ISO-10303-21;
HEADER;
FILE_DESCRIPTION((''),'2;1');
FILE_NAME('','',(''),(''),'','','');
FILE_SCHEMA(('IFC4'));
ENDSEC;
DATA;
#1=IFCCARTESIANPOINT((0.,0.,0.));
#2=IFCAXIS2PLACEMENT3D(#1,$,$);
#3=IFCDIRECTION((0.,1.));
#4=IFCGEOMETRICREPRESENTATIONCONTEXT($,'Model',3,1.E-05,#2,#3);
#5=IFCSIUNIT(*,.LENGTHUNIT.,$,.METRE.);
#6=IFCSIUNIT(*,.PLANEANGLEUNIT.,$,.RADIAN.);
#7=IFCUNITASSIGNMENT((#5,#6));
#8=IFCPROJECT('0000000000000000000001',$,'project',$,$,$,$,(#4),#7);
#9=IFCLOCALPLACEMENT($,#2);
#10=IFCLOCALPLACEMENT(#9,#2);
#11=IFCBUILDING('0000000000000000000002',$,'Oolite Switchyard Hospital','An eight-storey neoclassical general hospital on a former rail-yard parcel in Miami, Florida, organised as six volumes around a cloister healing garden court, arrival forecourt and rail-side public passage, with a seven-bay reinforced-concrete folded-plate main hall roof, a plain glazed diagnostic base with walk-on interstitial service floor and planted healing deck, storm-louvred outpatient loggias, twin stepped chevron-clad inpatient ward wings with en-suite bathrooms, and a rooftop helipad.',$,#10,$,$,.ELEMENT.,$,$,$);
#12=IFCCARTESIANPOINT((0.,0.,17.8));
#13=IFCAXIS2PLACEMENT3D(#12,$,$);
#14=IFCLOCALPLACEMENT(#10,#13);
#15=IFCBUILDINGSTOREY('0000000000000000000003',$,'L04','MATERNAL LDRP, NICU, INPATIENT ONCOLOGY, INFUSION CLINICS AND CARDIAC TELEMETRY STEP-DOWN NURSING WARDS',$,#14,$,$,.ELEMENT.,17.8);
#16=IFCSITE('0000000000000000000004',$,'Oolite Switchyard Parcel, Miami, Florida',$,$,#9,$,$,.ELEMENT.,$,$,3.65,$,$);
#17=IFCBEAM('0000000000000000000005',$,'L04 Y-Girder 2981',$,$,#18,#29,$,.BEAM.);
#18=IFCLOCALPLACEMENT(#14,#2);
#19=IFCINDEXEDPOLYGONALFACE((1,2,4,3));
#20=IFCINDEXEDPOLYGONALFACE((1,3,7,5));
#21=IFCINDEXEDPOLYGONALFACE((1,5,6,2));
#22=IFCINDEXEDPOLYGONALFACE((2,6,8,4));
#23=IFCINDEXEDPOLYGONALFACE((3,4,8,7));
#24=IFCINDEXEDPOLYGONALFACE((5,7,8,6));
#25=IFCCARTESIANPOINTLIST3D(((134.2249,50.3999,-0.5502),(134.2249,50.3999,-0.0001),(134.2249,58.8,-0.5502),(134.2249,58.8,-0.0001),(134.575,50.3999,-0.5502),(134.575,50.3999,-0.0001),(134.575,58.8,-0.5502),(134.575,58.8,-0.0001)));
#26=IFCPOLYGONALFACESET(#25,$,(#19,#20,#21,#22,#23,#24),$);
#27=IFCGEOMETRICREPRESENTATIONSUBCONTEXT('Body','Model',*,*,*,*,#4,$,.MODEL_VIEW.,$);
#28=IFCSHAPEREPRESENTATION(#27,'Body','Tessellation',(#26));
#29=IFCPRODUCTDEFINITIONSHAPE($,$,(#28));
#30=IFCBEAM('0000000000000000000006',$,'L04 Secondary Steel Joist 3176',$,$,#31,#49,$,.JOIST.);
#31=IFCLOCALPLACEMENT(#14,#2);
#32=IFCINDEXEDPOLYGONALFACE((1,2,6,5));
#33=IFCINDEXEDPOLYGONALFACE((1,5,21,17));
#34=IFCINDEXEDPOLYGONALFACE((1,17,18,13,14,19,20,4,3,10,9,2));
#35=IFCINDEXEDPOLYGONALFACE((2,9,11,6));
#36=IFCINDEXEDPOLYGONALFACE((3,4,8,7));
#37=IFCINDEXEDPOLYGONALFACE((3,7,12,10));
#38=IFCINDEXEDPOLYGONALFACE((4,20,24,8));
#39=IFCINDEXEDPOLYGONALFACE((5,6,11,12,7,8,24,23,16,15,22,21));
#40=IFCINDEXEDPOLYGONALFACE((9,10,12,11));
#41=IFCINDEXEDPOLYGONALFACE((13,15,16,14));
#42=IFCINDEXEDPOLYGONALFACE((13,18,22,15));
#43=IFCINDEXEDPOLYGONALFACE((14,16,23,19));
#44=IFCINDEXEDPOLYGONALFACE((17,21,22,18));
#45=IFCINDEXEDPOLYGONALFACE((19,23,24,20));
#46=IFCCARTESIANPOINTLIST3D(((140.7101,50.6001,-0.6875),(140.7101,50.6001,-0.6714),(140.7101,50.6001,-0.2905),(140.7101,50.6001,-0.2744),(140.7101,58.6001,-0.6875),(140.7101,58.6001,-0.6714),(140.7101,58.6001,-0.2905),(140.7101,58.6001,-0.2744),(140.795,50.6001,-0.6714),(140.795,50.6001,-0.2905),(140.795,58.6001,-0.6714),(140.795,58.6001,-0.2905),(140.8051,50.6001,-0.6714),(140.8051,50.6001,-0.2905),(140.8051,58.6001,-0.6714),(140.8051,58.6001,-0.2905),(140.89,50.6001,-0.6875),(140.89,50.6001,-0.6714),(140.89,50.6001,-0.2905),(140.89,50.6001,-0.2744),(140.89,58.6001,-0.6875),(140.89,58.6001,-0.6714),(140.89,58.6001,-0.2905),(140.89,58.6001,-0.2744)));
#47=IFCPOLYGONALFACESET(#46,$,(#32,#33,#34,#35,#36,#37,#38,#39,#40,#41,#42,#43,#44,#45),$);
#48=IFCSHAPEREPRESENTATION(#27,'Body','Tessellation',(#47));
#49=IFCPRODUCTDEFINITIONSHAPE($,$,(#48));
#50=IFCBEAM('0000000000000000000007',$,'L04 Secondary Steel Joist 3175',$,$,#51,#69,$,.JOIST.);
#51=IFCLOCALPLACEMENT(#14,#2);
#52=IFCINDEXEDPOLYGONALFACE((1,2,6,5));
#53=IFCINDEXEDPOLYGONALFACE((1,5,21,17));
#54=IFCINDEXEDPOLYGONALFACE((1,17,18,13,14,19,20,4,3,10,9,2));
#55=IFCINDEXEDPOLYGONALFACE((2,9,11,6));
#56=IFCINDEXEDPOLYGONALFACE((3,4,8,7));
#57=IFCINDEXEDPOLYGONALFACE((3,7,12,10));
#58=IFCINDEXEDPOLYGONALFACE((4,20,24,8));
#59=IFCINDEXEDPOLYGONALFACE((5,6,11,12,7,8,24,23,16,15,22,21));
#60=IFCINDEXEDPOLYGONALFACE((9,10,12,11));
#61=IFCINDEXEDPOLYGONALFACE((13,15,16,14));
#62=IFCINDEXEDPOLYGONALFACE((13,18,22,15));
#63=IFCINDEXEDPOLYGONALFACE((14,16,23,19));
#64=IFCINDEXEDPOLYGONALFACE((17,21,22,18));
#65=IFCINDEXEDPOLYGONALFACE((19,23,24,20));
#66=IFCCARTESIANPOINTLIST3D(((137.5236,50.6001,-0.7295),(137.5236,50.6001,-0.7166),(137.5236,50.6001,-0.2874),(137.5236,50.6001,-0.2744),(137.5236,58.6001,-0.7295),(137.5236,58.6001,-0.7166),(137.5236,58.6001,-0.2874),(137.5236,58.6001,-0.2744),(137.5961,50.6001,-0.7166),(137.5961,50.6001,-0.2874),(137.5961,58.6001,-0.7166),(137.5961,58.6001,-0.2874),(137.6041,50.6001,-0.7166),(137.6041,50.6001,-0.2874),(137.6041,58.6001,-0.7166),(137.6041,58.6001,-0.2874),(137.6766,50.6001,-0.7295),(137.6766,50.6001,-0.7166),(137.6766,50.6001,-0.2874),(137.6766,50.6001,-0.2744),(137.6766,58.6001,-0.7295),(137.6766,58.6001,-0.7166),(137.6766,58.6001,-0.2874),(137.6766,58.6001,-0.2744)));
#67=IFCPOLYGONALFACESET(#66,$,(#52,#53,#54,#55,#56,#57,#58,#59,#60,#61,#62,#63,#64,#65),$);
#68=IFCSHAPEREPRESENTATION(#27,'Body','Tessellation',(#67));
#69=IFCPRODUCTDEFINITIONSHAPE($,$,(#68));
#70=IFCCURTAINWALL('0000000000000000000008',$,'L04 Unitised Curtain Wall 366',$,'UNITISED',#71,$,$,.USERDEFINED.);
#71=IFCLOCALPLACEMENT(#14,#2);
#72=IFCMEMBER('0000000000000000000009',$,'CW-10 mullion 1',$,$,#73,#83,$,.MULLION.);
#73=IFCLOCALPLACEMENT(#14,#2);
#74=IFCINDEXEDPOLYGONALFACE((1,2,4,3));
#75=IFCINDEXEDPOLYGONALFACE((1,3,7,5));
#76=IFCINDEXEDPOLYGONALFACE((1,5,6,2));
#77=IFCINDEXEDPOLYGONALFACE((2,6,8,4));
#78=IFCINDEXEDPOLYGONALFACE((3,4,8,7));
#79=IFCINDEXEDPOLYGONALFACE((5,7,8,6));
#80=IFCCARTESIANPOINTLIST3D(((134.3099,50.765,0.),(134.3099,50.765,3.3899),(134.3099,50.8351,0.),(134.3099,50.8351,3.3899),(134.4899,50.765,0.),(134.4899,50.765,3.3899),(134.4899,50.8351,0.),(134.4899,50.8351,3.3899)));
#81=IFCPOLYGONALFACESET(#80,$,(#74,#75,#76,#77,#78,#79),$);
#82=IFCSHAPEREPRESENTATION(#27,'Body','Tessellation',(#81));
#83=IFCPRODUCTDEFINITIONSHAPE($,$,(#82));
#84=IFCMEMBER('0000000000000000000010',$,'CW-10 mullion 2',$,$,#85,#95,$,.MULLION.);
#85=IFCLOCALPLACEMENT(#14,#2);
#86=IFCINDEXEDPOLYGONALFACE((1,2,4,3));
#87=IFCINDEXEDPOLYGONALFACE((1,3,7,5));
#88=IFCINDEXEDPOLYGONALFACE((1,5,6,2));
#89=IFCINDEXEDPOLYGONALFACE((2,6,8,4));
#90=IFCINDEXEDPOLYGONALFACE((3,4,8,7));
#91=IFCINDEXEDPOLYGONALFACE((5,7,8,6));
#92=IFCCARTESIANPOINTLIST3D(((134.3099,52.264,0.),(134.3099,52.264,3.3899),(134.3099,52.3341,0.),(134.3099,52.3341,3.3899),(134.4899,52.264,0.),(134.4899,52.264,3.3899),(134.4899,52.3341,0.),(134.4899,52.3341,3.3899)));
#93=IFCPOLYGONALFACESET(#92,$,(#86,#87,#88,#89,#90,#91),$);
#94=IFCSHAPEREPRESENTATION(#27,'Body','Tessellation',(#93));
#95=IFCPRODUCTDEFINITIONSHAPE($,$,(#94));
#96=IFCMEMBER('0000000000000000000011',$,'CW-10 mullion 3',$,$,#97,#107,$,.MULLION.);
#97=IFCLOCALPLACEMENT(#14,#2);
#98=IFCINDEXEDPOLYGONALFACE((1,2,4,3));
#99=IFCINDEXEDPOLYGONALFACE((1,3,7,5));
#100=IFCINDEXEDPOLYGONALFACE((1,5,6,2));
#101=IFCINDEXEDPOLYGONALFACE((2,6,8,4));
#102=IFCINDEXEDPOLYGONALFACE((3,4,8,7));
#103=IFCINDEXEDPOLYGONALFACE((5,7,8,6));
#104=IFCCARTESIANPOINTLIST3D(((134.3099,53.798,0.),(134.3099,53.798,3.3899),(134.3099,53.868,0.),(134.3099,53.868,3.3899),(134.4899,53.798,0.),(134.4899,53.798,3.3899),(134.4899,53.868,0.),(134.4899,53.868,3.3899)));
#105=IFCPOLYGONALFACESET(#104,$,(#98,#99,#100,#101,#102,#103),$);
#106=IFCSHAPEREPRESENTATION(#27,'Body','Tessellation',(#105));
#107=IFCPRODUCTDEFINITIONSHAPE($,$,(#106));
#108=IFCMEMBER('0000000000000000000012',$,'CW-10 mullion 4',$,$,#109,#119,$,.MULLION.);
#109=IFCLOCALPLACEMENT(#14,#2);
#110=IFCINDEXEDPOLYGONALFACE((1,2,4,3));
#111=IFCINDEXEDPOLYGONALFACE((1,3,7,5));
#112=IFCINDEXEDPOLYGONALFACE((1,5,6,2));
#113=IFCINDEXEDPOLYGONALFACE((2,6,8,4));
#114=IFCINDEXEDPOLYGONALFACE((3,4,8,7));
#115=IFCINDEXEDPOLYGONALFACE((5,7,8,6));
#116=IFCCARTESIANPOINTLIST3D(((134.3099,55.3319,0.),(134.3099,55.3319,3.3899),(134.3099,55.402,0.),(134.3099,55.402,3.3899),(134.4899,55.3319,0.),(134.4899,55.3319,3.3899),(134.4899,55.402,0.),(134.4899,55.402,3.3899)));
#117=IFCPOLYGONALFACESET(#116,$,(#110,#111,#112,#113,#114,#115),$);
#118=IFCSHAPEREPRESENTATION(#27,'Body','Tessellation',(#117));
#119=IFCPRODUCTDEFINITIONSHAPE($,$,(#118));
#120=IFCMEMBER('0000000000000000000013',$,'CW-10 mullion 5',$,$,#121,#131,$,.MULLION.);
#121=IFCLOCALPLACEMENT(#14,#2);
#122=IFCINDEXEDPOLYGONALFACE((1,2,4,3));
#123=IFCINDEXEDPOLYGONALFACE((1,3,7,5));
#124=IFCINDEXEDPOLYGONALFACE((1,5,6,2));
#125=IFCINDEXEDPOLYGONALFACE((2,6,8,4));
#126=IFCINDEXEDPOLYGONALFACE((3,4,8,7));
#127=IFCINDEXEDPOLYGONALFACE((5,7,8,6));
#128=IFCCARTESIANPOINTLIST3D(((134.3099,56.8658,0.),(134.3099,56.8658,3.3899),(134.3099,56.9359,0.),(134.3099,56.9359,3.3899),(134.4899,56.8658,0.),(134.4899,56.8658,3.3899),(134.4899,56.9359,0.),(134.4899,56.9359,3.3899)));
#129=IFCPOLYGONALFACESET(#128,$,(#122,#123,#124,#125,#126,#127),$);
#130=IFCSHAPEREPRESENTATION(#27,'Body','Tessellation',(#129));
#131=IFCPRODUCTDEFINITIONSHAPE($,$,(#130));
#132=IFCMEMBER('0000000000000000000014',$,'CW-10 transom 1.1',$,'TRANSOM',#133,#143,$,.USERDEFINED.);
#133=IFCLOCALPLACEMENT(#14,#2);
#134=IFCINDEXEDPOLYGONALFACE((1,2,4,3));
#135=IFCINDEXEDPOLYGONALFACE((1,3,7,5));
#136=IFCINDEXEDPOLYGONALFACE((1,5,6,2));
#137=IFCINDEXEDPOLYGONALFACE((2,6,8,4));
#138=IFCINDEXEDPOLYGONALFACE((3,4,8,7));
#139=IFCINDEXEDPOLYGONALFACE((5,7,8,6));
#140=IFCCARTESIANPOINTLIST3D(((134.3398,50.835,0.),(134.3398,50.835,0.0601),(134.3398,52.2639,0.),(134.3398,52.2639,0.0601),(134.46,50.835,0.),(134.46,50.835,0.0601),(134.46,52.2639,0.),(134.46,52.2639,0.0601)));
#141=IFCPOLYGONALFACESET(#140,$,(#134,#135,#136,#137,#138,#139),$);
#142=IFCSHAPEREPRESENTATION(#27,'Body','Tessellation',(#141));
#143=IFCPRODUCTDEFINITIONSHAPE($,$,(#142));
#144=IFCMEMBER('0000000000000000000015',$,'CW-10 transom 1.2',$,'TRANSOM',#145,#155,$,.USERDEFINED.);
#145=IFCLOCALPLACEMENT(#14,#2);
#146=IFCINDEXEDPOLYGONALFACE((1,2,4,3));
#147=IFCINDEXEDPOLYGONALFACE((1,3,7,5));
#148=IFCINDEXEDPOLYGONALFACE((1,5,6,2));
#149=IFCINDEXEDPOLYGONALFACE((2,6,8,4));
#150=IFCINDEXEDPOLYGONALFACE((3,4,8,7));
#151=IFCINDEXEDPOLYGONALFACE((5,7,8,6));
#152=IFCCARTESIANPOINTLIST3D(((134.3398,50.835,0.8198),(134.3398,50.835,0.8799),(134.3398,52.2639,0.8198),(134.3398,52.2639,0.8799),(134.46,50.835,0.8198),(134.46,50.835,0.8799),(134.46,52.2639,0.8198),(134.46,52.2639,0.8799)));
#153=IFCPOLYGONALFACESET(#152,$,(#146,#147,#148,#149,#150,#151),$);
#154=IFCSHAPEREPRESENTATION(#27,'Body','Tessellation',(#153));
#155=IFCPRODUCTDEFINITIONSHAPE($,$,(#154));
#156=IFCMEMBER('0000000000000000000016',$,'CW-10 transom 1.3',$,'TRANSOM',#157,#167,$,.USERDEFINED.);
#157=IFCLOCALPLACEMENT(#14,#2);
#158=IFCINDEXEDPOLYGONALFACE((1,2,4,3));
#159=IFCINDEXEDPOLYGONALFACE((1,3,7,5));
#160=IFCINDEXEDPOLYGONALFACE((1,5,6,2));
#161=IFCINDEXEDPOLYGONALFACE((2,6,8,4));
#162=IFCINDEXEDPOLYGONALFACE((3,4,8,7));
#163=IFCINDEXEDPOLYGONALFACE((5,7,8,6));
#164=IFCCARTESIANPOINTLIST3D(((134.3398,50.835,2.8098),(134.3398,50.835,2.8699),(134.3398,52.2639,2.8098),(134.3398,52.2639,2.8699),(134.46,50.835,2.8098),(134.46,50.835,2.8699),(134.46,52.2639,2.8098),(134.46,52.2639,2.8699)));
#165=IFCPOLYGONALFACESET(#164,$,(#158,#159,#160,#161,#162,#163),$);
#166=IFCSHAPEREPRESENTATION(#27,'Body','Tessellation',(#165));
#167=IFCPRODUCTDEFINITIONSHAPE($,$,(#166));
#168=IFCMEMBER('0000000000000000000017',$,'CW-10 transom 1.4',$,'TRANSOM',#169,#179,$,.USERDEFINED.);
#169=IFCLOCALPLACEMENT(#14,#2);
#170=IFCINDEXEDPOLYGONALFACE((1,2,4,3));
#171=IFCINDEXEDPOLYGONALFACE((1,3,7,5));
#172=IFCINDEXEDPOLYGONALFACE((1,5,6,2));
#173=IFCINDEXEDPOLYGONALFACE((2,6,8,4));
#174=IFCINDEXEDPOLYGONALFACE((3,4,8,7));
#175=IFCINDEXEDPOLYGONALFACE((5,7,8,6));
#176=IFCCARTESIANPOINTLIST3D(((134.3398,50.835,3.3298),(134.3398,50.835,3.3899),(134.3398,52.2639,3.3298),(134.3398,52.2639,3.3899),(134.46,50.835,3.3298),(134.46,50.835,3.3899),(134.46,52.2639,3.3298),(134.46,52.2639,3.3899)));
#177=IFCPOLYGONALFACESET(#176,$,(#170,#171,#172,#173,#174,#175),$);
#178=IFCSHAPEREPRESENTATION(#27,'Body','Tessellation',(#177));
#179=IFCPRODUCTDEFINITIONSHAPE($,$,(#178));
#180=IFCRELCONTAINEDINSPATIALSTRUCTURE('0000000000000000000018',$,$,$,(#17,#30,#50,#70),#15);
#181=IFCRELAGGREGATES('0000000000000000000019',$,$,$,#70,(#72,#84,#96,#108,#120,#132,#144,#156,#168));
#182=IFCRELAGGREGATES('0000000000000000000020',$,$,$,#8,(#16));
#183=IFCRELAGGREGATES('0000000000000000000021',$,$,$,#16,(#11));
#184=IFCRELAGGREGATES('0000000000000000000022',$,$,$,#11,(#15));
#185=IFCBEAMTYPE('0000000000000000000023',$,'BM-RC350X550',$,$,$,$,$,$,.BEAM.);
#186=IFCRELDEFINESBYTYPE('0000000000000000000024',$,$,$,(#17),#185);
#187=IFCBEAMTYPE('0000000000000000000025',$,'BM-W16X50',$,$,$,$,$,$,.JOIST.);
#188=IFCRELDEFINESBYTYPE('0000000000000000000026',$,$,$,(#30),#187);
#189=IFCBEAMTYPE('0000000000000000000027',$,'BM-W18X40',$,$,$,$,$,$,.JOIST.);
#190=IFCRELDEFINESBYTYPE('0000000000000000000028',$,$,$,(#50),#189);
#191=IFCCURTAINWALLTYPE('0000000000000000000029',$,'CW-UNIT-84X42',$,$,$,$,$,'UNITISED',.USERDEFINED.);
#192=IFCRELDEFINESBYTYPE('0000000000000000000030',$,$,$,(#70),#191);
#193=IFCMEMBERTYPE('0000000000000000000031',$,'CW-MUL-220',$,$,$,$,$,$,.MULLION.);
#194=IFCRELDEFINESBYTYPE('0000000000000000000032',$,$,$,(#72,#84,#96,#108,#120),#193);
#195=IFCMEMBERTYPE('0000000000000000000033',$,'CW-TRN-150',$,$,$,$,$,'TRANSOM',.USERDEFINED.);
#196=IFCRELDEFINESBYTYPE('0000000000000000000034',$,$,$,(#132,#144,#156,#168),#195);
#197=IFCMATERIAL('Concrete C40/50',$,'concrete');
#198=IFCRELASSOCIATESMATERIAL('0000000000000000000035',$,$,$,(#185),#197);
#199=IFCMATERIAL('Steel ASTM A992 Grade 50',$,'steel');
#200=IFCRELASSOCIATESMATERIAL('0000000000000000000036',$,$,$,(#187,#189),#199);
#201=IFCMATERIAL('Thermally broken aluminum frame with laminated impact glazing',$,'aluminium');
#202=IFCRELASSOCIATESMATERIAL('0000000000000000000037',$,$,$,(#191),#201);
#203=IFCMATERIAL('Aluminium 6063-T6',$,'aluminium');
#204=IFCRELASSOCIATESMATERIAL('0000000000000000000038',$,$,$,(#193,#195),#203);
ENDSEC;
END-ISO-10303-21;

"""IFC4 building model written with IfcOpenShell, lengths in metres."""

from ifc_helpers import new_model, si_unit, direction, frame, origin, origin_2d, place, context, subcontext, project, spatial, rectangle, i_section, extrude, material, material_profile, profile_set, type_object, element, aggregate, save


model = new_model("IFC4")

# Units and contexts
model_context = context("Model", 3, precision=1e-05, world=origin(), true_north=direction((0.0, 1.0)))
body_context = subcontext(model_context, "Body", "Model", "MODEL_VIEW")
ifc_project = project(units=[si_unit("LENGTHUNIT", "METRE"), si_unit("PLANEANGLEUNIT", "RADIAN")], contexts=[model_context])

# Site, building, storey
site_placement = place(None, origin())
site = spatial("IfcSite", under=ifc_project, at=site_placement, Name="Oolite Switchyard Parcel, Miami, Florida", CompositionType="ELEMENT", RefElevation=3.65)
building_placement = place(site_placement, origin())
building = spatial("IfcBuilding", under=site, at=building_placement, Name="Oolite Switchyard Hospital", Description="An eight-storey neoclassical general hospital on a former rail-yard parcel in Miami, Florida, organised as six volumes around a cloister healing garden court, arrival forecourt and rail-side public passage, with a seven-bay reinforced-concrete folded-plate main hall roof, a plain glazed diagnostic base with walk-on interstitial service floor and planted healing deck, storm-louvred outpatient loggias, twin stepped chevron-clad inpatient ward wings with en-suite bathrooms, and a rooftop helipad.", CompositionType="ELEMENT")
storey_placement = place(building_placement, frame((0.0, 0.0, 17.8)))
storey = spatial("IfcBuildingStorey", under=building, at=storey_placement, Name="L04", Description="MATERNAL LDRP, NICU, INPATIENT ONCOLOGY, INFUSION CLINICS AND CARDIAC TELEMETRY STEP-DOWN NURSING WARDS", CompositionType="ELEMENT", Elevation=17.8)

# Beams
ifc_material_1 = material(Name="Concrete C40/50", Category="concrete")
ifc_material_profile_1 = material_profile(ifc_material_1, rectangle(XDim=0.3501, YDim=0.55, at=origin_2d()), Name="RCB350X550")
ifc_profile_set_1 = profile_set([ifc_material_profile_1], Name="Concrete C40/50")
beam_type_1 = type_object("IfcBeamType", Name="BM-RC350X550", PredefinedType="BEAM", material=ifc_profile_set_1)
beam_1_placement = place(storey_placement, frame((134.3999, 50.3999, -0.2751), z_axis=(0.0, 1.0, 0.0), x_axis=(-1.0, 0.0, 0.0)))
element("IfcBeam", 1, at=beam_1_placement, inside=storey, type_object=beam_type_1, Name="L04 Y-Girder 2981", PredefinedType="BEAM", context=body_context, shape_type="SweptSolid", body=[
    extrude(rectangle(XDim=0.3501, YDim=0.55, at=origin_2d()), origin(), (0.0, 0.0, 1.0), 8.4001),
])
ifc_material_2 = material(Name="Steel ASTM A992 Grade 50", Category="steel")
ifc_material_profile_2 = material_profile(ifc_material_2, i_section(OverallWidth=0.1799, OverallDepth=0.4131, WebThickness=0.01, FlangeThickness=0.0161, at=origin_2d()), Name="W16X50")
ifc_profile_set_2 = profile_set([ifc_material_profile_2], Name="Steel ASTM A992 Grade 50")
beam_type_2 = type_object("IfcBeamType", Name="BM-W16X50", PredefinedType="JOIST", material=ifc_profile_set_2)
beam_2_placement = place(storey_placement, frame((140.8, 50.6001, -0.481), z_axis=(0.0, 1.0, 0.0), x_axis=(-1.0, 0.0, 0.0)))
element("IfcBeam", 2, at=beam_2_placement, inside=storey, type_object=beam_type_2, Name="L04 Secondary Steel Joist 3176", PredefinedType="JOIST", context=body_context, shape_type="SweptSolid", body=[
    extrude(i_section(OverallWidth=0.1799, OverallDepth=0.4131, WebThickness=0.01, FlangeThickness=0.0161, at=origin_2d()), origin(), (0.0, 0.0, 1.0), 8.0),
])
ifc_material_profile_3 = material_profile(ifc_material_2, i_section(OverallWidth=0.1531, OverallDepth=0.4551, WebThickness=0.0081, FlangeThickness=0.0129, at=origin_2d()), Name="W18X40")
ifc_profile_set_3 = profile_set([ifc_material_profile_3], Name="Steel ASTM A992 Grade 50")
beam_type_3 = type_object("IfcBeamType", Name="BM-W18X40", PredefinedType="JOIST", material=ifc_profile_set_3)
beam_3_placement = place(storey_placement, frame((137.6001, 50.6001, -0.502), z_axis=(0.0, 1.0, 0.0), x_axis=(-1.0, 0.0, 0.0)))
element("IfcBeam", 3, at=beam_3_placement, inside=storey, type_object=beam_type_3, Name="L04 Secondary Steel Joist 3175", PredefinedType="JOIST", context=body_context, shape_type="SweptSolid", body=[
    extrude(i_section(OverallWidth=0.1531, OverallDepth=0.4551, WebThickness=0.0081, FlangeThickness=0.0129, at=origin_2d()), origin(), (0.0, 0.0, 1.0), 8.0),
])

# Curtain wall, members
ifc_material_3 = material(Name="Thermally broken aluminum frame with laminated impact glazing", Category="aluminium")
curtain_wall_type = type_object("IfcCurtainWallType", Name="CW-UNIT-84X42", ElementType="UNITISED", PredefinedType="USERDEFINED", material=ifc_material_3)
curtain_wall_placement = place(storey_placement, origin())
curtain_wall = element("IfcCurtainWall", 4, at=curtain_wall_placement, inside=storey, type_object=curtain_wall_type, Name="L04 Unitised Curtain Wall 366", ObjectType="UNITISED", PredefinedType="USERDEFINED")
ifc_material_4 = material(Name="Aluminium 6063-T6", Category="aluminium")
ifc_material_profile_4 = material_profile(ifc_material_4, rectangle(XDim=0.1799, YDim=0.0701, at=origin_2d()), Name="CWM70X180")
ifc_profile_set_4 = profile_set([ifc_material_profile_4], Name="Aluminium 6063-T6")
member_type_1 = type_object("IfcMemberType", Name="CW-MUL-220", PredefinedType="MULLION", material=ifc_profile_set_4)
member_1_placement = place(storey_placement, frame((134.3999, 50.8, 0.0), z_axis=(0.0, 0.0, 1.0), x_axis=(-1.0, 0.0, 0.0)))
member_1 = element("IfcMember", 5, at=member_1_placement, type_object=member_type_1, Name="CW-10 mullion 1", PredefinedType="MULLION", context=body_context, shape_type="SweptSolid", body=[
    extrude(rectangle(XDim=0.1799, YDim=0.0701, at=origin_2d()), origin(), (0.0, 0.0, 1.0), 3.3899),
])
member_2_placement = place(storey_placement, frame((134.3999, 52.2991, 0.0), z_axis=(0.0, 0.0, 1.0), x_axis=(-1.0, 0.0, 0.0)))
member_2 = element("IfcMember", 6, at=member_2_placement, type_object=member_type_1, Name="CW-10 mullion 2", PredefinedType="MULLION", context=body_context, shape_type="SweptSolid", body=[
    extrude(rectangle(XDim=0.1799, YDim=0.0701, at=origin_2d()), origin(), (0.0, 0.0, 1.0), 3.3899),
])
member_3_placement = place(storey_placement, frame((134.3999, 53.833, 0.0), z_axis=(0.0, 0.0, 1.0), x_axis=(-1.0, 0.0, 0.0)))
member_3 = element("IfcMember", 7, at=member_3_placement, type_object=member_type_1, Name="CW-10 mullion 3", PredefinedType="MULLION", context=body_context, shape_type="SweptSolid", body=[
    extrude(rectangle(XDim=0.1799, YDim=0.0701, at=origin_2d()), origin(), (0.0, 0.0, 1.0), 3.3899),
])
member_4_placement = place(storey_placement, frame((134.3999, 55.3669, 0.0), z_axis=(0.0, 0.0, 1.0), x_axis=(-1.0, 0.0, 0.0)))
member_4 = element("IfcMember", 8, at=member_4_placement, type_object=member_type_1, Name="CW-10 mullion 4", PredefinedType="MULLION", context=body_context, shape_type="SweptSolid", body=[
    extrude(rectangle(XDim=0.1799, YDim=0.0701, at=origin_2d()), origin(), (0.0, 0.0, 1.0), 3.3899),
])
member_5_placement = place(storey_placement, frame((134.3999, 56.9009, 0.0), z_axis=(0.0, 0.0, 1.0), x_axis=(-1.0, 0.0, 0.0)))
member_5 = element("IfcMember", 9, at=member_5_placement, type_object=member_type_1, Name="CW-10 mullion 5", PredefinedType="MULLION", context=body_context, shape_type="SweptSolid", body=[
    extrude(rectangle(XDim=0.1799, YDim=0.0701, at=origin_2d()), origin(), (0.0, 0.0, 1.0), 3.3899),
])
ifc_material_profile_5 = material_profile(ifc_material_4, rectangle(XDim=0.1201, YDim=0.0601, at=origin_2d()), Name="CWT60X120")
ifc_profile_set_5 = profile_set([ifc_material_profile_5], Name="Aluminium 6063-T6")
member_type_2 = type_object("IfcMemberType", Name="CW-TRN-150", ElementType="TRANSOM", PredefinedType="USERDEFINED", material=ifc_profile_set_5)
member_6_placement = place(storey_placement, frame((134.3999, 50.835, 0.03), z_axis=(0.0, 1.0, 0.0), x_axis=(-1.0, 0.0, 0.0)))
member_6 = element("IfcMember", 10, at=member_6_placement, type_object=member_type_2, Name="CW-10 transom 1.1", ObjectType="TRANSOM", PredefinedType="USERDEFINED", context=body_context, shape_type="SweptSolid", body=[
    extrude(rectangle(XDim=0.1201, YDim=0.0601, at=origin_2d()), origin(), (0.0, 0.0, 1.0), 1.429),
])
member_7_placement = place(storey_placement, frame((134.3999, 50.835, 0.8499), z_axis=(0.0, 1.0, 0.0), x_axis=(-1.0, 0.0, 0.0)))
member_7 = element("IfcMember", 11, at=member_7_placement, type_object=member_type_2, Name="CW-10 transom 1.2", ObjectType="TRANSOM", PredefinedType="USERDEFINED", context=body_context, shape_type="SweptSolid", body=[
    extrude(rectangle(XDim=0.1201, YDim=0.0601, at=origin_2d()), origin(), (0.0, 0.0, 1.0), 1.429),
])
member_8_placement = place(storey_placement, frame((134.3999, 50.835, 2.8398), z_axis=(0.0, 1.0, 0.0), x_axis=(-1.0, 0.0, 0.0)))
member_8 = element("IfcMember", 12, at=member_8_placement, type_object=member_type_2, Name="CW-10 transom 1.3", ObjectType="TRANSOM", PredefinedType="USERDEFINED", context=body_context, shape_type="SweptSolid", body=[
    extrude(rectangle(XDim=0.1201, YDim=0.0601, at=origin_2d()), origin(), (0.0, 0.0, 1.0), 1.429),
])
member_9_placement = place(storey_placement, frame((134.3999, 50.835, 3.3599), z_axis=(0.0, 1.0, 0.0), x_axis=(-1.0, 0.0, 0.0)))
member_9 = element("IfcMember", 13, at=member_9_placement, type_object=member_type_2, Name="CW-10 transom 1.4", ObjectType="TRANSOM", PredefinedType="USERDEFINED", context=body_context, shape_type="SweptSolid", body=[
    extrude(rectangle(XDim=0.1201, YDim=0.0601, at=origin_2d()), origin(), (0.0, 0.0, 1.0), 1.429),
])
aggregate(curtain_wall, [member_1, member_2, member_3, member_4, member_5, member_6, member_7, member_8, member_9])

save(model, "model.ifc")
